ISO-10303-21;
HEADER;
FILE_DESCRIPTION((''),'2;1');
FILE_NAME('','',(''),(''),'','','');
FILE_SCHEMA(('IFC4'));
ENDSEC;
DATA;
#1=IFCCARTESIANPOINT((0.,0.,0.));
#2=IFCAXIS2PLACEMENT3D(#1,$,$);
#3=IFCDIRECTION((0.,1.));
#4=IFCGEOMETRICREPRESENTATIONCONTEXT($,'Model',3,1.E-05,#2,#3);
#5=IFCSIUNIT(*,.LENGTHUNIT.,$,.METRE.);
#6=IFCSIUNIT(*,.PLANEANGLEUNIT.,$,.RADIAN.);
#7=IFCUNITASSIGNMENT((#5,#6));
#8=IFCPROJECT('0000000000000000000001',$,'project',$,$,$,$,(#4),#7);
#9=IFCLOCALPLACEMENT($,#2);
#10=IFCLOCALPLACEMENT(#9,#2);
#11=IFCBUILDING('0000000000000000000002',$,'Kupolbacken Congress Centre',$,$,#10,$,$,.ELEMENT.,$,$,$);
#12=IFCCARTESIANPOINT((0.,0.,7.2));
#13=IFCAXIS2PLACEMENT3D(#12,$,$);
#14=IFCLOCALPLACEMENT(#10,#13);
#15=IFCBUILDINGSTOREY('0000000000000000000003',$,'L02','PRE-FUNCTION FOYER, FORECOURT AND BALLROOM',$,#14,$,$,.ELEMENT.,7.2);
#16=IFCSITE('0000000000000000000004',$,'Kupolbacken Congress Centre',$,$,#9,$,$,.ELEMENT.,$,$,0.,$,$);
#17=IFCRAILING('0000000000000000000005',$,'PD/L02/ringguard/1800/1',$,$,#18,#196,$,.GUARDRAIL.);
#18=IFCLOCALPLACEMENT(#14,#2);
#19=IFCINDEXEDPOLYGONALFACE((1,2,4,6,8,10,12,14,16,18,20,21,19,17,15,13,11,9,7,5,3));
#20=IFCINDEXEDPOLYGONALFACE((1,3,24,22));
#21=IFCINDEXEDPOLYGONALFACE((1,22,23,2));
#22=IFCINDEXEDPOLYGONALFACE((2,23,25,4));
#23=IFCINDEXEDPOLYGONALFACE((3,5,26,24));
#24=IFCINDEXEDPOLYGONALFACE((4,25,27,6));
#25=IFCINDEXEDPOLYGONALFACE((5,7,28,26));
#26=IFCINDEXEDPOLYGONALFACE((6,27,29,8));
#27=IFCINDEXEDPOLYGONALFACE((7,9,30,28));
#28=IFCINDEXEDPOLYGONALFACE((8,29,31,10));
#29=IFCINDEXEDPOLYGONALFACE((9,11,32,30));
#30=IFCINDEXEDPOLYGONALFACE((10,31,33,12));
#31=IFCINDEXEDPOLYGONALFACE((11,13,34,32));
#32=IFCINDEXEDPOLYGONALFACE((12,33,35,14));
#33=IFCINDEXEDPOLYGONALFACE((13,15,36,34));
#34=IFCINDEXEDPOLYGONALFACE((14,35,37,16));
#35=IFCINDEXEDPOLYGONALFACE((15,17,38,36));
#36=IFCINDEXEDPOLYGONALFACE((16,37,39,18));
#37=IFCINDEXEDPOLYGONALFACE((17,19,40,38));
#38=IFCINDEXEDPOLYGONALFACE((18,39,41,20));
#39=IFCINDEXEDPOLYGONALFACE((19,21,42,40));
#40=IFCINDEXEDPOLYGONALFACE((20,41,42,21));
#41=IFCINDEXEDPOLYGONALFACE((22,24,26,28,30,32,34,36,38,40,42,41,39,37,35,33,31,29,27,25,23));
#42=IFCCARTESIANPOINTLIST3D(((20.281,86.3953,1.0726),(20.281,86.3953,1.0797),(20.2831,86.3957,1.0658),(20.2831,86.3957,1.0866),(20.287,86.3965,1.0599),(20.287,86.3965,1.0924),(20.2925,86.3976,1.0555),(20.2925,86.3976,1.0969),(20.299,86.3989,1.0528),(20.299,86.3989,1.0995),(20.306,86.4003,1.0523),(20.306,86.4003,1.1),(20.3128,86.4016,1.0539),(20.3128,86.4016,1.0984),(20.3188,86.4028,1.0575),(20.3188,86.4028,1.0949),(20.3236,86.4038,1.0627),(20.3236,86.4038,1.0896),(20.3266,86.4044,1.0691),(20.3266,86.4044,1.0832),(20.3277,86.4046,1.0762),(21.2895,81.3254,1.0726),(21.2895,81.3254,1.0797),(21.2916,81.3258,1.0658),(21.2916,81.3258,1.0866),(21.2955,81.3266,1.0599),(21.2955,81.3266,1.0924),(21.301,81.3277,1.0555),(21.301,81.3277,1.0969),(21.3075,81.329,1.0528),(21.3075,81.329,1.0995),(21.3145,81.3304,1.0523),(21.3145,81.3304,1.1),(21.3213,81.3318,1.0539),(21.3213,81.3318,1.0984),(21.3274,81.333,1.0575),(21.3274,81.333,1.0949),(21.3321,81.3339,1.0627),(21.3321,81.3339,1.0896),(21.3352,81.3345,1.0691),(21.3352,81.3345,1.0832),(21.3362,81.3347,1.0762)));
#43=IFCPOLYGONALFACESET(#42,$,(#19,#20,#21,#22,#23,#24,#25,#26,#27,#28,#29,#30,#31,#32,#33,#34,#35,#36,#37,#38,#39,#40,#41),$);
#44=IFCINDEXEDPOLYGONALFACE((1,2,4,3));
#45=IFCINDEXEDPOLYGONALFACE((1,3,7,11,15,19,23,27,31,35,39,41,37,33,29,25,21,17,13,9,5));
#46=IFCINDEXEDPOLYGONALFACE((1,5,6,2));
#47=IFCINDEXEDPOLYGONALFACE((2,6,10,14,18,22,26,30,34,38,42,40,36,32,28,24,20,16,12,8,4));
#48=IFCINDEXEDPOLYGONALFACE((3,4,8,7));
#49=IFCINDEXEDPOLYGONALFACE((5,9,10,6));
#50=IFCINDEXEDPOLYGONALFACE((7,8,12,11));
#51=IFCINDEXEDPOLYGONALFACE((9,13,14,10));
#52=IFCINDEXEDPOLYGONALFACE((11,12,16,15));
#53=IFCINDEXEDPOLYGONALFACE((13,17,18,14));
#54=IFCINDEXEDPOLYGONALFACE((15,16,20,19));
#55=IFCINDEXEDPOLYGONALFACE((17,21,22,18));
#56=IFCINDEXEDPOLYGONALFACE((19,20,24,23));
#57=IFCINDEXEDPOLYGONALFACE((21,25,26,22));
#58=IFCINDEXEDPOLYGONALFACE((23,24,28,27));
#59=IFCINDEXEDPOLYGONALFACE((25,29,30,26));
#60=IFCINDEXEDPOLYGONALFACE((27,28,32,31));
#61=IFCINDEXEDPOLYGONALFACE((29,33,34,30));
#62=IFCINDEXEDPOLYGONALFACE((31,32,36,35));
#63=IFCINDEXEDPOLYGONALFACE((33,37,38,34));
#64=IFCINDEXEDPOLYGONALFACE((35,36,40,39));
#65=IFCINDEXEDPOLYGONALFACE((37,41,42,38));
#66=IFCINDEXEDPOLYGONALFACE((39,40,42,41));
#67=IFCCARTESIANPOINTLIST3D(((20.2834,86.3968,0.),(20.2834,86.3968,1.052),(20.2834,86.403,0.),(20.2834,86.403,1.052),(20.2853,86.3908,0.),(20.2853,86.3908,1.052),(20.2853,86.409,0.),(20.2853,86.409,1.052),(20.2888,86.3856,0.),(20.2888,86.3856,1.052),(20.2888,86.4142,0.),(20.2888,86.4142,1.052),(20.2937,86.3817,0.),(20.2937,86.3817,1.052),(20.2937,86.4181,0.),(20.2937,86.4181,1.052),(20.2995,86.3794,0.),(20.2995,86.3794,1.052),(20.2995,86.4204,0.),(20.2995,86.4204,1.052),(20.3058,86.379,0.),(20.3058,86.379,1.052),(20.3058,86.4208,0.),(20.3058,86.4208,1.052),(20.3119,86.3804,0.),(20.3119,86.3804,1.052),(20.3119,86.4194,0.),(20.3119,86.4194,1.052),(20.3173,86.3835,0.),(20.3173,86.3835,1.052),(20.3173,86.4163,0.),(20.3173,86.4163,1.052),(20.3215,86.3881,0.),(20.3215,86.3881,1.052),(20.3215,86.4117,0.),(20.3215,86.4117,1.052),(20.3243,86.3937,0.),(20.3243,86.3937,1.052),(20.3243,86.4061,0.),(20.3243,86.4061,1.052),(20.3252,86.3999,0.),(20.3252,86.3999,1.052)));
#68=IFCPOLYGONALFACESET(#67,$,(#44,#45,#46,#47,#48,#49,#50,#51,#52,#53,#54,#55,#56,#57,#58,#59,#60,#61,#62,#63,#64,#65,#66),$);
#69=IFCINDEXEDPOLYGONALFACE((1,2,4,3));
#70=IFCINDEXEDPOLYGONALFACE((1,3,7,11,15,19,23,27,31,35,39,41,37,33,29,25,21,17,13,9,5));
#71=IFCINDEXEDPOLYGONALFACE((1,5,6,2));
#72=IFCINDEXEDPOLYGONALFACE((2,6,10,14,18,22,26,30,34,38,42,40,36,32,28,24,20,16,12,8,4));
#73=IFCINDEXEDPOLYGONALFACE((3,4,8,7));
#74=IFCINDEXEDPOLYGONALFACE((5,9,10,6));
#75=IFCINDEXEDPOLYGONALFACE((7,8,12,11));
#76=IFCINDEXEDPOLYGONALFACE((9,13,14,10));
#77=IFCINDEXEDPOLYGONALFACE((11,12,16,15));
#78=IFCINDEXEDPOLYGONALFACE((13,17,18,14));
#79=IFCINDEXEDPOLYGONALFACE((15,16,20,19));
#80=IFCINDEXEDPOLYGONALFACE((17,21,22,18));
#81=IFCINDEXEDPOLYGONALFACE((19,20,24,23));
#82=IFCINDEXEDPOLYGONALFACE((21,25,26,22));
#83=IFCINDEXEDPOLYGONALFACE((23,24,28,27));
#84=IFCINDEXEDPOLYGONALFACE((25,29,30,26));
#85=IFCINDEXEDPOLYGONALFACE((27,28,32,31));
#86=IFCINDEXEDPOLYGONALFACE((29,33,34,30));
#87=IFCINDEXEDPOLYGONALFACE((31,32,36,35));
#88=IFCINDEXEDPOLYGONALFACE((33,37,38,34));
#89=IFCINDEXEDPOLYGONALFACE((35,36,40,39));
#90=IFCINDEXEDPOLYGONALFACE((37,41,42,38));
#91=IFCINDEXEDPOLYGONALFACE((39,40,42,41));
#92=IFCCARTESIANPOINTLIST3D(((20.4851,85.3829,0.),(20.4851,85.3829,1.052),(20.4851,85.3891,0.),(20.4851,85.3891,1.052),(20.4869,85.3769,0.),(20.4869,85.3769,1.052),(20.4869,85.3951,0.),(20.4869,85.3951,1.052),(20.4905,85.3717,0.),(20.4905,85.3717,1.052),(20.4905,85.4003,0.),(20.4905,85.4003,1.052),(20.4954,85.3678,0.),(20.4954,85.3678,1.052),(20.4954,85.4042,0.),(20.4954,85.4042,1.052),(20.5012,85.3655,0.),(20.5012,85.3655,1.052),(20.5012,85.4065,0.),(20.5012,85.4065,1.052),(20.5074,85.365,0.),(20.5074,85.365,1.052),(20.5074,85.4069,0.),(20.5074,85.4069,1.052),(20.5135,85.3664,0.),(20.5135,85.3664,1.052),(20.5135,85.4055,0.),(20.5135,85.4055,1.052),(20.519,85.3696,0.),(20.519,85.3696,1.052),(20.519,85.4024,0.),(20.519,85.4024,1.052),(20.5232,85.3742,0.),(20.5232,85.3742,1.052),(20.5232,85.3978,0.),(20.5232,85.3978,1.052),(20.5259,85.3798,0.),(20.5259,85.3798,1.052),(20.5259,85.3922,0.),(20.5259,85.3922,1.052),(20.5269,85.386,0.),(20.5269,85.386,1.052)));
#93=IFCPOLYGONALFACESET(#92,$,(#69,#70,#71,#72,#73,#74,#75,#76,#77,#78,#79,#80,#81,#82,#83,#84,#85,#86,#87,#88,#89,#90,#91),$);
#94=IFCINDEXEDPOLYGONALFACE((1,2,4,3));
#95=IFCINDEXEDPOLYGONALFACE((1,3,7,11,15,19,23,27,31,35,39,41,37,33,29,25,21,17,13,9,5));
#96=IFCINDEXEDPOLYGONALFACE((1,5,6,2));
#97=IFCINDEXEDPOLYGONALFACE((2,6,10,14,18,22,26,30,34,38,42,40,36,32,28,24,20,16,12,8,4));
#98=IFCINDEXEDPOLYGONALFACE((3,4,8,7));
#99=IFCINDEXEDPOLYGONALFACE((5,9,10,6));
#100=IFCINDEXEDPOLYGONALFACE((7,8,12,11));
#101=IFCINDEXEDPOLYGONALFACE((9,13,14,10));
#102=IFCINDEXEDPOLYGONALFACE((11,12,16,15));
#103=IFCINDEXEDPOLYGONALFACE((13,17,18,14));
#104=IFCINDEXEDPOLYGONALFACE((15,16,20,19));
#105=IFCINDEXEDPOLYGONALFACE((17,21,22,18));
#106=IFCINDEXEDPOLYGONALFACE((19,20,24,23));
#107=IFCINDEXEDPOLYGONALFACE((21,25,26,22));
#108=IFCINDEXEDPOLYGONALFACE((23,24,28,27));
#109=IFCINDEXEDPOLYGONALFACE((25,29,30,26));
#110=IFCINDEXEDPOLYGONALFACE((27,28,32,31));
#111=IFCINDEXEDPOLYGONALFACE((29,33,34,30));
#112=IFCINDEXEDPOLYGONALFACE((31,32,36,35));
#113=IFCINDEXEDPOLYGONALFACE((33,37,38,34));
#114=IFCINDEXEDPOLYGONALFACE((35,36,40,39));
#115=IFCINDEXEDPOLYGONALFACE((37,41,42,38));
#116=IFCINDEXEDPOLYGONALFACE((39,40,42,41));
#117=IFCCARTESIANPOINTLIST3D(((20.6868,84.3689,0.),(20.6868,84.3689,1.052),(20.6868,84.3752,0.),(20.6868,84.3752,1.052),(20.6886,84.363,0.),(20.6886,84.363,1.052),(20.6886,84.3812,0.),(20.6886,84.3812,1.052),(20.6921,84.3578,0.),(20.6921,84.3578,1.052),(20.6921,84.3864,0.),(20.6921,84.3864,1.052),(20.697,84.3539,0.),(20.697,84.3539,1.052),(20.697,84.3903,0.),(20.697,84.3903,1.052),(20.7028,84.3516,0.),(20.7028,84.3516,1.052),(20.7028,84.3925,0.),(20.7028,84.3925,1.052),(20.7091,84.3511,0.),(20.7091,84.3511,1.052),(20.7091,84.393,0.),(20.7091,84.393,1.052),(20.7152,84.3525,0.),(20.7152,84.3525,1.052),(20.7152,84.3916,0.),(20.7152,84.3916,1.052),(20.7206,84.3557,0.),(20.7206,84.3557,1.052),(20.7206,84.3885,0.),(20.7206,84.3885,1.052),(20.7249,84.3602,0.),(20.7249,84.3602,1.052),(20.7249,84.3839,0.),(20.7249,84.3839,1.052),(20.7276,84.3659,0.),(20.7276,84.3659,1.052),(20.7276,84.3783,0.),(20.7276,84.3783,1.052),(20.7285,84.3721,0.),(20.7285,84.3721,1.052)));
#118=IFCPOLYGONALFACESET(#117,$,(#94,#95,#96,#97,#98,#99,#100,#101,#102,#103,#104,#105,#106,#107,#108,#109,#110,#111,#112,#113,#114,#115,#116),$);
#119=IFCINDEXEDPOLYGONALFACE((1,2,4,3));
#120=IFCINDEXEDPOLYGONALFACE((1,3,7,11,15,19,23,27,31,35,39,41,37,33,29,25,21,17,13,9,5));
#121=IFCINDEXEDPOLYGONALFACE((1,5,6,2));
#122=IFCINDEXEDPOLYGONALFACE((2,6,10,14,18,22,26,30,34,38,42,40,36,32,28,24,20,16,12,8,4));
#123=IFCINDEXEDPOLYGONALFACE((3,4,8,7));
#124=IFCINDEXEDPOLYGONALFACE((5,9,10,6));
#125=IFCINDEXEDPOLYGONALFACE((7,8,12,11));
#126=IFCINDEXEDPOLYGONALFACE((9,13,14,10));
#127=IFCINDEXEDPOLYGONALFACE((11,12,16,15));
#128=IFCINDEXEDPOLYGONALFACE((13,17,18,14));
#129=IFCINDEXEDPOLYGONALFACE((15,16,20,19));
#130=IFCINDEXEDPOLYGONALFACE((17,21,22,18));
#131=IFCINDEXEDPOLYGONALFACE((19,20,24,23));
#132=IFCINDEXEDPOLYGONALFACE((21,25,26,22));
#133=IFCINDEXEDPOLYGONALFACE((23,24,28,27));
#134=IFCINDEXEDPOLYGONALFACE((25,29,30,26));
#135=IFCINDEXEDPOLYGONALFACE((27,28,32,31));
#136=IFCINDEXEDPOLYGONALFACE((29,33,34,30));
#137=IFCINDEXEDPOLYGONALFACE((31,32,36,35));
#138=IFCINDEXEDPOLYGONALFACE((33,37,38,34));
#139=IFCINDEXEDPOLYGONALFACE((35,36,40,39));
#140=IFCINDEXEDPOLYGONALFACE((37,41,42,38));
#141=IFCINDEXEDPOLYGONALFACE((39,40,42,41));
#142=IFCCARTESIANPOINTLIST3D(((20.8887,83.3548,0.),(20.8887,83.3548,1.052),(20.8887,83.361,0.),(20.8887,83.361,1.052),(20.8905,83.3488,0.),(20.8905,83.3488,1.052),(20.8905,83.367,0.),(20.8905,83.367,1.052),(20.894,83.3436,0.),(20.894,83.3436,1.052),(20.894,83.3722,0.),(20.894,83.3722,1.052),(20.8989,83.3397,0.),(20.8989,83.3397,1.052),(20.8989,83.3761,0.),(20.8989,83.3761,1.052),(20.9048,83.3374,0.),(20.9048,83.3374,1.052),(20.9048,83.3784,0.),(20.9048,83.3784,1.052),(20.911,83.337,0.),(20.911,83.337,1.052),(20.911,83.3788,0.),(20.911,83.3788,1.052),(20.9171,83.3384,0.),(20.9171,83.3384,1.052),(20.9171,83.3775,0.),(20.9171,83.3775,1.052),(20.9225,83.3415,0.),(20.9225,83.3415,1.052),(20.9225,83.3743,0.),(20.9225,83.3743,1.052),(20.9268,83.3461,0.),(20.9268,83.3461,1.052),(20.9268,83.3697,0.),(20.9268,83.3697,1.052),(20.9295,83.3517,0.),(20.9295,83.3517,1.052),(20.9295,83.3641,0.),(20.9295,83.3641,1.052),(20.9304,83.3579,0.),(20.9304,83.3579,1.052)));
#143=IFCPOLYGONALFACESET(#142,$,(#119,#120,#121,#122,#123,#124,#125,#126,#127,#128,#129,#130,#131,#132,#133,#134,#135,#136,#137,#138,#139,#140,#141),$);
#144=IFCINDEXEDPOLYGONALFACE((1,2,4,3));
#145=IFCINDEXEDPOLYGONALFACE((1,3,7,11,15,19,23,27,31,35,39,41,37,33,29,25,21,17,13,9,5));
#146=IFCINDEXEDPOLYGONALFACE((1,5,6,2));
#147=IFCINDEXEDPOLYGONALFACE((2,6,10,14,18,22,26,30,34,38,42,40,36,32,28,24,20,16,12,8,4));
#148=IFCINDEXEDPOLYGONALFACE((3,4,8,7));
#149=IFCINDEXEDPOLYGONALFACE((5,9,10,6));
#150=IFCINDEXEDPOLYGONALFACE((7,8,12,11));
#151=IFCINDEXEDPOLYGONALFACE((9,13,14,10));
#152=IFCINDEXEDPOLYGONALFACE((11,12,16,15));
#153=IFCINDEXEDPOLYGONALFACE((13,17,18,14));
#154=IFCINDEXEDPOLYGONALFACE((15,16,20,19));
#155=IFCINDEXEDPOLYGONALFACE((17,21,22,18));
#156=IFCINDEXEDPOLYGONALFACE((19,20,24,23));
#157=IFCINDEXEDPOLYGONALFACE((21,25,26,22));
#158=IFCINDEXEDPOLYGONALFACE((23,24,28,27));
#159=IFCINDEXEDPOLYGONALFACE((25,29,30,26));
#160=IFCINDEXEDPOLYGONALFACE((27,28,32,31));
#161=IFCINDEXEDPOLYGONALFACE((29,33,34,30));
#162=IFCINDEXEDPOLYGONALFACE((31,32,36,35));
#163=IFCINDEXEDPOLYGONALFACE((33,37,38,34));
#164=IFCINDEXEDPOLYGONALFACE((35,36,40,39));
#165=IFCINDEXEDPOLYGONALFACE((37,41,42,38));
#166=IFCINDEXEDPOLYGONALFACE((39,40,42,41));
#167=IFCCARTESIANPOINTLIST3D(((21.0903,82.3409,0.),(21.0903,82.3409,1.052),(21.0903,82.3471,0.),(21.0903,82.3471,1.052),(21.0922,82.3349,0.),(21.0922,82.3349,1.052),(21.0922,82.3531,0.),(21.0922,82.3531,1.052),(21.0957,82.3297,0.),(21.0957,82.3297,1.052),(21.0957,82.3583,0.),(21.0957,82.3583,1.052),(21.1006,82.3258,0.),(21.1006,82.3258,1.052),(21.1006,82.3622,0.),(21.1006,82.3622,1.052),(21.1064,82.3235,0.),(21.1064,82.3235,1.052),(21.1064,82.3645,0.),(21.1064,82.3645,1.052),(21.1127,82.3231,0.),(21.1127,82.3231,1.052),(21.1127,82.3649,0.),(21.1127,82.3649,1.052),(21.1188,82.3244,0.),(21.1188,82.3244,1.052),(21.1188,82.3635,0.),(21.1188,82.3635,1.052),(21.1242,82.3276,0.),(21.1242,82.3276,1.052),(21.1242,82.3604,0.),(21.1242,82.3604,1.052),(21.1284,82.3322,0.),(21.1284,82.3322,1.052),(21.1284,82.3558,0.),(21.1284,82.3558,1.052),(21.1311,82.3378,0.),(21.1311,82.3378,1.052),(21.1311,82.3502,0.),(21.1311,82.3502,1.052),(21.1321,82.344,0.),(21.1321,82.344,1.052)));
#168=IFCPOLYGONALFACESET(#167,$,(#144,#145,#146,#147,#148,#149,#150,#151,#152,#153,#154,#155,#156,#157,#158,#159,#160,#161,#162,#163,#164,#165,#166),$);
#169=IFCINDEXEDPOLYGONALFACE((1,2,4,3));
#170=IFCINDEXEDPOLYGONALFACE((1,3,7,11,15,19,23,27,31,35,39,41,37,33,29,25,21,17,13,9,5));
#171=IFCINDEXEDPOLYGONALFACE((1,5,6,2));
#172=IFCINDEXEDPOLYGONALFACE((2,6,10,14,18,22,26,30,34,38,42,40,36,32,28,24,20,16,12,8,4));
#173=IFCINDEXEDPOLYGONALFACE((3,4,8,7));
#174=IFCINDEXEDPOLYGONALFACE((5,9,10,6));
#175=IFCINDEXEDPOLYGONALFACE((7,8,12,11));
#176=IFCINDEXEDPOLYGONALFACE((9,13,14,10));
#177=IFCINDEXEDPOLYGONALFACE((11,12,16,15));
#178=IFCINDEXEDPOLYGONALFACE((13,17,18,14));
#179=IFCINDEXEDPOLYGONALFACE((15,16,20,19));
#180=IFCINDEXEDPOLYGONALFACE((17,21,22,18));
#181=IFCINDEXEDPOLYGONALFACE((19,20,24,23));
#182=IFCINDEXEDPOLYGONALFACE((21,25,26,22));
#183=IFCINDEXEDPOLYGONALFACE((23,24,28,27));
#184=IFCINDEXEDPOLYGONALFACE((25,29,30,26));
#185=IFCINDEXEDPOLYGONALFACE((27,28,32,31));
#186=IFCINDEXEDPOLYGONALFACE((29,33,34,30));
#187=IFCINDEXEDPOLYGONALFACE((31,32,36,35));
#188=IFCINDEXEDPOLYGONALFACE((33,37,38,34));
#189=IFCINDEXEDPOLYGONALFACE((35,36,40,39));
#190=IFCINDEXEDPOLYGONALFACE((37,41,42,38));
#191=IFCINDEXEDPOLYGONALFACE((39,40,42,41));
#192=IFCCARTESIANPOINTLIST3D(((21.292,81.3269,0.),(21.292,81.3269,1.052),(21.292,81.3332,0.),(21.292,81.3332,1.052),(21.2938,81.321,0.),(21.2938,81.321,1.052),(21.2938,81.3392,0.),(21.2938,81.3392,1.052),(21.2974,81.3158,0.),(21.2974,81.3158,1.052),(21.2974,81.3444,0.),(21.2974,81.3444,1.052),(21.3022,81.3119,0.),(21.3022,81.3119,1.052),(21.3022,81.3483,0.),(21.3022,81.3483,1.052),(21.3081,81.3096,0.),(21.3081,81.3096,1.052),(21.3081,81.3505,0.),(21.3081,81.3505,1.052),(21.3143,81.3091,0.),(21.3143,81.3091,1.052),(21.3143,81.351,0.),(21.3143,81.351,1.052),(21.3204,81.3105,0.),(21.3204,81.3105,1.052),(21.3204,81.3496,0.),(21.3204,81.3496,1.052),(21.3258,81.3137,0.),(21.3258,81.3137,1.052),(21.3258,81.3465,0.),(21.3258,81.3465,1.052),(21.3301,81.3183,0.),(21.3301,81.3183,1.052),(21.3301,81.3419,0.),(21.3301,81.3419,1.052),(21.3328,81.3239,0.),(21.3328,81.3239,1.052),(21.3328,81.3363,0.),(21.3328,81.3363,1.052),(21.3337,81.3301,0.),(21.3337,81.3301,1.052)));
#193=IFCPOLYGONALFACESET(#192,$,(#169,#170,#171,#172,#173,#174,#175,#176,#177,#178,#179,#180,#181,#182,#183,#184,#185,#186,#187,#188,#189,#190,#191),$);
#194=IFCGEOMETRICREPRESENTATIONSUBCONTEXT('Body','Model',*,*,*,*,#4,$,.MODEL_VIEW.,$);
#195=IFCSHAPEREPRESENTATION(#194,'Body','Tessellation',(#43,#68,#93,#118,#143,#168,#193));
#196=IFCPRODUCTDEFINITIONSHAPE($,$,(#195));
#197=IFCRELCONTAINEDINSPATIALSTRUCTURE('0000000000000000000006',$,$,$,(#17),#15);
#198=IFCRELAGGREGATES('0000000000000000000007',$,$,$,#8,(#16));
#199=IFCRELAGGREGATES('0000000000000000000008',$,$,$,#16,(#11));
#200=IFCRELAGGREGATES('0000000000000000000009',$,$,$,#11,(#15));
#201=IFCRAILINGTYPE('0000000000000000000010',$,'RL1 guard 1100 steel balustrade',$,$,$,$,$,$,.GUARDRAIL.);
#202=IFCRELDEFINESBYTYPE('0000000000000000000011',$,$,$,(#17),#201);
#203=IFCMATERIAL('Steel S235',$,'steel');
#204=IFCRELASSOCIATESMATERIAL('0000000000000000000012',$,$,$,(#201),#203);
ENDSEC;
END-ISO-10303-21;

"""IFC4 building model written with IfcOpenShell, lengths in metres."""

from ifc_helpers import new_model, si_unit, direction, frame, origin, origin_2d, place, context, subcontext, project, spatial, circle, extrude, material, type_object, element, save


model = new_model("IFC4")

# Units and contexts
model_context = context("Model", 3, precision=1e-05, world=origin(), true_north=direction((0.0, 1.0)))
body_context = subcontext(model_context, "Body", "Model", "MODEL_VIEW")
ifc_project = project(units=[si_unit("LENGTHUNIT", "METRE"), si_unit("PLANEANGLEUNIT", "RADIAN")], contexts=[model_context])

# Site, building, storey
site_placement = place(None, origin())
site = spatial("IfcSite", under=ifc_project, at=site_placement, Name="Kupolbacken Congress Centre", CompositionType="ELEMENT", RefElevation=0.0)
building_placement = place(site_placement, origin())
building = spatial("IfcBuilding", under=site, at=building_placement, Name="Kupolbacken Congress Centre", CompositionType="ELEMENT")
storey_placement = place(building_placement, frame((0.0, 0.0, 7.2)))
storey = spatial("IfcBuildingStorey", under=building, at=storey_placement, Name="L02", Description="PRE-FUNCTION FOYER, FORECOURT AND BALLROOM", CompositionType="ELEMENT", Elevation=7.2)

# Railing
ifc_material_1 = material(Name="Steel S235", Category="steel")
railing_type = type_object("IfcRailingType", Name="RL1 guard 1100 steel balustrade", PredefinedType="GUARDRAIL", material=ifc_material_1)
railing_1_placement = place(storey_placement, frame((20.3042, 86.3999, 0.0)))
element("IfcRailing", 1, at=railing_1_placement, inside=storey, type_object=railing_type, Name="PD/L02/ringguard/1800/1", PredefinedType="GUARDRAIL", context=body_context, shape_type="SweptSolid", body=[
    extrude(circle(Radius=0.0239, at=origin_2d()), frame((0.0, 0.0, 1.0762), z_axis=(0.195108, -0.980782, 0.0), x_axis=(0.980782, 0.195108, 0.0)), (0.0, 0.0, 1.0), 5.1692),
    extrude(circle(Radius=0.021, at=origin_2d()), origin(), (0.0, 0.0, 1.0), 1.052),
    extrude(circle(Radius=0.021, at=origin_2d()), frame((0.2017, -1.0139, 0.0)), (0.0, 0.0, 1.0), 1.052),
    extrude(circle(Radius=0.021, at=origin_2d()), frame((0.4033, -2.0278, 0.0)), (0.0, 0.0, 1.0), 1.052),
    extrude(circle(Radius=0.021, at=origin_2d()), frame((0.6052, -3.042, 0.0)), (0.0, 0.0, 1.0), 1.052),
    extrude(circle(Radius=0.021, at=origin_2d()), frame((0.8069, -4.0559, 0.0)), (0.0, 0.0, 1.0), 1.052),
    extrude(circle(Radius=0.021, at=origin_2d()), frame((1.0085, -5.0698, 0.0)), (0.0, 0.0, 1.0), 1.052),
])

save(model, "model.ifc")
